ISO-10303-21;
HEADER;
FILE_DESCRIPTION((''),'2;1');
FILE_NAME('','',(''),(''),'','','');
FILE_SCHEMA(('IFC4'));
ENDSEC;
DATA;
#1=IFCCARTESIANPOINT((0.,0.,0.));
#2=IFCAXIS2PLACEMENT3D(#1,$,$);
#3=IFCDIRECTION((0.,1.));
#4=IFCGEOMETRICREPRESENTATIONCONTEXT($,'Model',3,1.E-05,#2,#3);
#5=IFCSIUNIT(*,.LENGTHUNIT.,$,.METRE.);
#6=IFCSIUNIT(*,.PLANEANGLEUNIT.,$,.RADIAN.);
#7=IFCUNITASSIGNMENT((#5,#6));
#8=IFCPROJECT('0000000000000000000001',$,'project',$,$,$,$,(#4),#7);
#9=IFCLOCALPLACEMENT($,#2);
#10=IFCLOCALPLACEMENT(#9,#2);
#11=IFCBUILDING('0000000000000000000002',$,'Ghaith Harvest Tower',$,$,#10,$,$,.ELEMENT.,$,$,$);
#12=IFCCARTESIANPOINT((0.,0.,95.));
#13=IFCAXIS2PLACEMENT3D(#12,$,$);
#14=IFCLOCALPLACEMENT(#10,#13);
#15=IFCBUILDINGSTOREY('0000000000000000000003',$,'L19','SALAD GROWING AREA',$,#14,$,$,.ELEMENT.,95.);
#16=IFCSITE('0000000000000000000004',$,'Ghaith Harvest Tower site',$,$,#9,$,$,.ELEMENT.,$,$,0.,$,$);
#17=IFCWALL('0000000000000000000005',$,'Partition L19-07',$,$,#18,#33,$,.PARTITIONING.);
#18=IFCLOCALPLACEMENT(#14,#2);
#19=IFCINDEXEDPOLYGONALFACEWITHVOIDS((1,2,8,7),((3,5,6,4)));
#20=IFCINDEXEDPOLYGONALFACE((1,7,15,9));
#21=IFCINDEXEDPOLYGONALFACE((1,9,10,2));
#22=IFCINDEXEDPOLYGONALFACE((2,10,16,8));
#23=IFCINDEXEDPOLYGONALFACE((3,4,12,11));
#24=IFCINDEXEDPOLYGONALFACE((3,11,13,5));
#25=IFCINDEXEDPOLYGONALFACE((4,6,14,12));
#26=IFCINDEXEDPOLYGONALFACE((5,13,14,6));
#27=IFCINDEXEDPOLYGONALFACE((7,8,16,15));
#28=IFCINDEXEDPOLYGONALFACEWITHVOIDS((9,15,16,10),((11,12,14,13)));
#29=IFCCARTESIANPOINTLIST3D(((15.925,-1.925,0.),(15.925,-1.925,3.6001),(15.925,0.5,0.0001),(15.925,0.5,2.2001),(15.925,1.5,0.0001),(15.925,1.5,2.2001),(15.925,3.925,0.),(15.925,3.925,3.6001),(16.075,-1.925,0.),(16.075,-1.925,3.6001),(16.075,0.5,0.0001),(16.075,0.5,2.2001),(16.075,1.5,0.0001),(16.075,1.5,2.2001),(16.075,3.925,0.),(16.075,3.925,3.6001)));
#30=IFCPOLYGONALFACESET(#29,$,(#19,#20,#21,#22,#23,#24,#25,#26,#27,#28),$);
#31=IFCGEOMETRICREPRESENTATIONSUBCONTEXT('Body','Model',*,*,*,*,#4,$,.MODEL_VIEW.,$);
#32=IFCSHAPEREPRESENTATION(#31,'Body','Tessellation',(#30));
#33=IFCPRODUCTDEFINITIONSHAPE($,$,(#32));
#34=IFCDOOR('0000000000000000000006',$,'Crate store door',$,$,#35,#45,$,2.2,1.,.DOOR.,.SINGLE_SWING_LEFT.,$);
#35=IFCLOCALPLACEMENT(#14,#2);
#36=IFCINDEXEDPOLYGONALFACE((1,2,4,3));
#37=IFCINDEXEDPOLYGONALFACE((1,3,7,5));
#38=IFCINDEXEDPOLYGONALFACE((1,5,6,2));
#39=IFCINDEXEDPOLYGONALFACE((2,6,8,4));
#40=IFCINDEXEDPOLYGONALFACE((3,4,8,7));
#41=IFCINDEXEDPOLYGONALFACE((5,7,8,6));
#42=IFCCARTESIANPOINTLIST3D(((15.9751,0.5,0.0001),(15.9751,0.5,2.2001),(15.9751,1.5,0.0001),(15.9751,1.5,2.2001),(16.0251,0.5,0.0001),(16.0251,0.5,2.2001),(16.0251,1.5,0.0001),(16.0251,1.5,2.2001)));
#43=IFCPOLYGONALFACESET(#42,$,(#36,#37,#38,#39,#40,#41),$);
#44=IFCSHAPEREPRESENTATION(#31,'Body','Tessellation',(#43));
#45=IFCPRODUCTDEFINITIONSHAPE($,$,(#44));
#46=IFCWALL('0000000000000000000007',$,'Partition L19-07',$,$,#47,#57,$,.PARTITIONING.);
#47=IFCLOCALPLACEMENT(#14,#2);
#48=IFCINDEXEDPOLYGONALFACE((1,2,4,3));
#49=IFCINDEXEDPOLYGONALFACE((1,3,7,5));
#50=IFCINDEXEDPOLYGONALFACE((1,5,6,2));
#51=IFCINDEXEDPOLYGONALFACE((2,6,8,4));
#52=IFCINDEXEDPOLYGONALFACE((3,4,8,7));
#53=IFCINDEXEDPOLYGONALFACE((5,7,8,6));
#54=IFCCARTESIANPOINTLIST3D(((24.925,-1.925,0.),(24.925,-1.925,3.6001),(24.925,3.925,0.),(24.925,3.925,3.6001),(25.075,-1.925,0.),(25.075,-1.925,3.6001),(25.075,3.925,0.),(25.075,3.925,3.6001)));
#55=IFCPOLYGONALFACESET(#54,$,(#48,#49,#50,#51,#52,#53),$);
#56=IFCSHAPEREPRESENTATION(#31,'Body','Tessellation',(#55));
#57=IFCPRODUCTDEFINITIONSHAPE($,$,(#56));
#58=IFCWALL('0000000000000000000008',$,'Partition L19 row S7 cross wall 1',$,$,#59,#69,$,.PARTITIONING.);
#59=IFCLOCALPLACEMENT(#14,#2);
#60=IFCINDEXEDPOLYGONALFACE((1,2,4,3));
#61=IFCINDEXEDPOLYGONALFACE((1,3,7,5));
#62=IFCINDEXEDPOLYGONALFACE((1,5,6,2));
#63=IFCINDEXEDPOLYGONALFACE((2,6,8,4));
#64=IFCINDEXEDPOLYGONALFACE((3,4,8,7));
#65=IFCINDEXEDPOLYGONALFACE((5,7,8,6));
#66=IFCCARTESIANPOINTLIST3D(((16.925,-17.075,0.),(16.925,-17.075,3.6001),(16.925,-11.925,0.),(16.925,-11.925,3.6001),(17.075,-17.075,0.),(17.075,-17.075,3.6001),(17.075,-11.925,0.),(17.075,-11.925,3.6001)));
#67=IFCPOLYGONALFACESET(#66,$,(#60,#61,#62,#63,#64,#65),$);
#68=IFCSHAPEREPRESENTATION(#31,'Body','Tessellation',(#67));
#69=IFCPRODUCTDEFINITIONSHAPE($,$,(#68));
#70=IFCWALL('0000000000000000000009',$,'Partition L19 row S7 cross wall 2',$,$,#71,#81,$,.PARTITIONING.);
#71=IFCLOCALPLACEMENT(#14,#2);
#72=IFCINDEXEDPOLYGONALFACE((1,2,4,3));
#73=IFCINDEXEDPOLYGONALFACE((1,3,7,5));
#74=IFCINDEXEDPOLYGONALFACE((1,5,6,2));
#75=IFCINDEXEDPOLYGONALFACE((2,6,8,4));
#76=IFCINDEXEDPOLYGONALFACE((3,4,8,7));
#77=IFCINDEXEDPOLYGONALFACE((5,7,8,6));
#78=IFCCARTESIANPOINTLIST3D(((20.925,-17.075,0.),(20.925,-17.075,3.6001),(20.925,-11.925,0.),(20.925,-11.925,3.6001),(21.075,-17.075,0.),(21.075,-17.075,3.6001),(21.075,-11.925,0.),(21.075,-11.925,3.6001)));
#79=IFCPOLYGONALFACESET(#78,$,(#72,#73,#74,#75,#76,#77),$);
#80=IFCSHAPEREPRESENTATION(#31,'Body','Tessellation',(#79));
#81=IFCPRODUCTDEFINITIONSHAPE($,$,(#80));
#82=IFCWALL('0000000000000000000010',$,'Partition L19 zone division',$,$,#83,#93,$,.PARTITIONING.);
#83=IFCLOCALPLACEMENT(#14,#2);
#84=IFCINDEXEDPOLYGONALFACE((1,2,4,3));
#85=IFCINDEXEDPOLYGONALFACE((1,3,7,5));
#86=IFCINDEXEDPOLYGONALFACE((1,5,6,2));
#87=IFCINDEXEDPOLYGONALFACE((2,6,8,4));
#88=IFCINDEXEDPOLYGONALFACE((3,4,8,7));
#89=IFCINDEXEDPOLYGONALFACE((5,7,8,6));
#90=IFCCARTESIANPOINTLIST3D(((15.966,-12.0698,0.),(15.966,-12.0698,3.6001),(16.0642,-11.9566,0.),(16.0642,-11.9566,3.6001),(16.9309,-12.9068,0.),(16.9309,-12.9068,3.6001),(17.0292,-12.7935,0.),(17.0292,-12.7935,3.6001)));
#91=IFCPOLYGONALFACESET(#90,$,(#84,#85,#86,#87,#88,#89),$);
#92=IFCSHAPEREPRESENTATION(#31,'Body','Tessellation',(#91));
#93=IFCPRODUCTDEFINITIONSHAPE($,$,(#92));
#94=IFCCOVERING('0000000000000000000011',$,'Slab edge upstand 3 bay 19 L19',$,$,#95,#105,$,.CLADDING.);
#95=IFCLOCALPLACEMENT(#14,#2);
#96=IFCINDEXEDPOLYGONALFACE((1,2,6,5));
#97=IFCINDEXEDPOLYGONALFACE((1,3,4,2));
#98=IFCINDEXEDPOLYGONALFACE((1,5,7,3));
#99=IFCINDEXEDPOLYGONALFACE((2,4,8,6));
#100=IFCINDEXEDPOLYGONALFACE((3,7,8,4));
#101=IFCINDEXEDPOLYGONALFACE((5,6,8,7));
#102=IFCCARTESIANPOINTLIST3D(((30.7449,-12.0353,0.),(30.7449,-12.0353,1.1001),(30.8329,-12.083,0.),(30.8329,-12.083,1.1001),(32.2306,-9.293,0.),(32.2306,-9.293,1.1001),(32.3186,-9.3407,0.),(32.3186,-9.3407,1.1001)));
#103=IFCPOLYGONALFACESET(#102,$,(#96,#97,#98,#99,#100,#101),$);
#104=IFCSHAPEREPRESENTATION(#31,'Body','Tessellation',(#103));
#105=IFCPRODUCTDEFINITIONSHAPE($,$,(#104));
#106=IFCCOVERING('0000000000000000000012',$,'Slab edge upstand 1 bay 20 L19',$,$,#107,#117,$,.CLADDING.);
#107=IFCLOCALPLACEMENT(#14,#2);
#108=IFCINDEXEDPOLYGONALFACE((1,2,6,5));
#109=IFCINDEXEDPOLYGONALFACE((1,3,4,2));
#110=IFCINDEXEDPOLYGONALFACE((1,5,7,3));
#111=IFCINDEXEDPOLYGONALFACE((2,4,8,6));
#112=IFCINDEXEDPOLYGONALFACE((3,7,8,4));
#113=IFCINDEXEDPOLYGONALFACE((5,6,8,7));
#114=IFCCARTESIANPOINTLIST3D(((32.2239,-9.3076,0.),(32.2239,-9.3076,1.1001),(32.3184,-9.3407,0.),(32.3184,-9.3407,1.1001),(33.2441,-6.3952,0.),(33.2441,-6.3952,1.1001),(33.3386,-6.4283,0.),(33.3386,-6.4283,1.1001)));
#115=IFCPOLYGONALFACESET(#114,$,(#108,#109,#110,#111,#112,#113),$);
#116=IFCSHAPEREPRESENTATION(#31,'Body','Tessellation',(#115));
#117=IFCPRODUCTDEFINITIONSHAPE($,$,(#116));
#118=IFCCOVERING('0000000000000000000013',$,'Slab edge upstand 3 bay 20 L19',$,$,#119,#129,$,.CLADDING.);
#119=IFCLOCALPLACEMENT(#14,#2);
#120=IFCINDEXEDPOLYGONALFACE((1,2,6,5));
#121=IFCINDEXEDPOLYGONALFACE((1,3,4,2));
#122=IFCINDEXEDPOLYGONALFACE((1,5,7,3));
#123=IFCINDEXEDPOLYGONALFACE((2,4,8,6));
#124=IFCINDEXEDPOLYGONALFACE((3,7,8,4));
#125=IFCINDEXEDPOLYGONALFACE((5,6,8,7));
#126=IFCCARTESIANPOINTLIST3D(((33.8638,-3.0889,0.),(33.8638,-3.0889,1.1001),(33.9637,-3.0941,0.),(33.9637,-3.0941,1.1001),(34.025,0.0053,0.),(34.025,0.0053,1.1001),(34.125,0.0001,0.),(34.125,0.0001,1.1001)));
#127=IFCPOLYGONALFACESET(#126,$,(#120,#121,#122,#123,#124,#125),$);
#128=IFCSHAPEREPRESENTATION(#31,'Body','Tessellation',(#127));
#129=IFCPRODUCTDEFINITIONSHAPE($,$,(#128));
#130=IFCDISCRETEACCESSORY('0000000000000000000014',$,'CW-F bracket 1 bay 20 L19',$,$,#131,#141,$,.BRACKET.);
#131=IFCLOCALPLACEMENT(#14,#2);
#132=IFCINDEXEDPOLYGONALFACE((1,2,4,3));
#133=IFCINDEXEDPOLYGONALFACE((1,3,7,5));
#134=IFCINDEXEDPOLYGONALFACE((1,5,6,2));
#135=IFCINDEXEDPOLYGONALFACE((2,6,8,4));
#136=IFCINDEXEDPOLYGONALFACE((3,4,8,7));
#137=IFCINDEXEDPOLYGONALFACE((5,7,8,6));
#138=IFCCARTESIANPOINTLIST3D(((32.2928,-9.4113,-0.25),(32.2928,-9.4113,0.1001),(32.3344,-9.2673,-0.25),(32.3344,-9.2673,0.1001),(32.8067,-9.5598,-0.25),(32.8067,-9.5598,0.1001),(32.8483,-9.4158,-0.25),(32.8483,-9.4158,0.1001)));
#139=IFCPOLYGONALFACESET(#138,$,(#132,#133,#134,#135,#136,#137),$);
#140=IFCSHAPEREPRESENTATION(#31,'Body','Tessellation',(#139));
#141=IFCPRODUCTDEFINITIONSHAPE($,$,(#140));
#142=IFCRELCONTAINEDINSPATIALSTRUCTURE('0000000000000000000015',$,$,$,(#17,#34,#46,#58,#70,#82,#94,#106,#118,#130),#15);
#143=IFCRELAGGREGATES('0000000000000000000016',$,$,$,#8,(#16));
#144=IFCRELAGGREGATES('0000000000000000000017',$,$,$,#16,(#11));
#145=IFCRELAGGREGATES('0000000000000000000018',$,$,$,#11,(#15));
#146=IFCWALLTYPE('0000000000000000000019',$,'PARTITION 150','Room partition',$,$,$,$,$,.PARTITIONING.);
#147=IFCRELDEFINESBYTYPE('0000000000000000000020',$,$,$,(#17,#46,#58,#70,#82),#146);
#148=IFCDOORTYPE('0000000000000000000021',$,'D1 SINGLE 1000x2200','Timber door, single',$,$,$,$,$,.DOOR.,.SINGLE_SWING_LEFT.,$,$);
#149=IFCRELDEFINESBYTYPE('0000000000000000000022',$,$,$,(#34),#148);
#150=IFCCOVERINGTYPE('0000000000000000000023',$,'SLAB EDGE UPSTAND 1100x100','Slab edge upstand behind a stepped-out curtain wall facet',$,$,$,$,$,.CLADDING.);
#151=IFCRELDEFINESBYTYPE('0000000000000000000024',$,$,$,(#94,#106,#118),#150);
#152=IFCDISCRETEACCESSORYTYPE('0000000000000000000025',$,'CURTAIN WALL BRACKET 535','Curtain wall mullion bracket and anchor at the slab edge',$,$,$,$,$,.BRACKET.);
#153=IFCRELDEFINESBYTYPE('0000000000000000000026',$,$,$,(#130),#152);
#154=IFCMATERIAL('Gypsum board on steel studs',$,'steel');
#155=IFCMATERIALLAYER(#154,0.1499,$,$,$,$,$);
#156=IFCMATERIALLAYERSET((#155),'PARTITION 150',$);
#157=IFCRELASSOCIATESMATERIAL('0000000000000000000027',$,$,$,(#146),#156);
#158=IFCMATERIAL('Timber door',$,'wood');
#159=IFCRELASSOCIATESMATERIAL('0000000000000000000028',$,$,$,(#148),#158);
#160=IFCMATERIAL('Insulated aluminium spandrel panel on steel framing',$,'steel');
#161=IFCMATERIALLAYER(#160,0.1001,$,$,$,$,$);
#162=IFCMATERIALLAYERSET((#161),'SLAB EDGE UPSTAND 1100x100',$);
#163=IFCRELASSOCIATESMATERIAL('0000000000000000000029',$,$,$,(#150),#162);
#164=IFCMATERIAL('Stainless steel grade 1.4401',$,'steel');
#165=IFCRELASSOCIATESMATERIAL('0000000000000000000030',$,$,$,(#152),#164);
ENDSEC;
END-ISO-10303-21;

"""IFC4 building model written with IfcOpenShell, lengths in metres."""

from ifc_helpers import new_model, si_unit, direction, frame, frame_2d, origin, origin_2d, place, context, subcontext, project, spatial, rectangle, extrude, material, layer, layer_set, type_object, element, fill, save


model = new_model("IFC4")

# Units and contexts
model_context = context("Model", 3, precision=1e-05, world=origin(), true_north=direction((0.0, 1.0)))
body_context = subcontext(model_context, "Body", "Model", "MODEL_VIEW")
ifc_project = project(units=[si_unit("LENGTHUNIT", "METRE"), si_unit("PLANEANGLEUNIT", "RADIAN")], contexts=[model_context])

# Site, building, storey
site_placement = place(None, origin())
site = spatial("IfcSite", under=ifc_project, at=site_placement, Name="Ghaith Harvest Tower site", CompositionType="ELEMENT", RefElevation=0.0)
building_placement = place(site_placement, origin())
building = spatial("IfcBuilding", under=site, at=building_placement, Name="Ghaith Harvest Tower", CompositionType="ELEMENT")
storey_placement = place(building_placement, frame((0.0, 0.0, 95.0)))
storey = spatial("IfcBuildingStorey", under=building, at=storey_placement, Name="L19", Description="SALAD GROWING AREA", CompositionType="ELEMENT", Elevation=95.0)

# Shared definitions
ifc_material_1 = material(Name="Gypsum board on steel studs", Category="steel")
ifc_layer_1 = layer(ifc_material_1, 0.1499)
ifc_layer_set_1 = layer_set([ifc_layer_1], Name="PARTITION 150")
wall_type = type_object("IfcWallType", Name="PARTITION 150", Description="Room partition", PredefinedType="PARTITIONING", material=ifc_layer_set_1)

# Wall, opening, door
wall_1_placement = place(storey_placement, frame((16.0, -1.925, 0.0), z_axis=(0.0, 0.0, 1.0), x_axis=(0.0, 1.0, 0.0)))
wall_1 = element("IfcWall", 1, at=wall_1_placement, inside=storey, type_object=wall_type, Name="Partition L19-07", PredefinedType="PARTITIONING", context=body_context, shape_type="SweptSolid", body=[
    extrude(rectangle(XDim=5.8501, YDim=0.1499, at=frame_2d((2.925, 0.0))), origin(), (0.0, 0.0, 1.0), 3.6001),
])
opening_1_placement = place(wall_1_placement, frame((2.425, 0.0, 0.0)))
opening_1 = element("IfcOpeningElement", 2, at=opening_1_placement, cuts=wall_1, PredefinedType="OPENING", context=body_context, shape_type="SweptSolid", body=[
    extrude(rectangle(XDim=1.0, YDim=2.2, at=frame_2d((0.5, 1.1001))), frame((0.0, 0.085, 0.0), z_axis=(0.0, -1.0, 0.0), x_axis=(1.0, 0.0, 0.0)), (0.0, 0.0, 1.0), 0.1699),
])
ifc_material_2 = material(Name="Timber door", Category="wood")
door_type_1 = type_object("IfcDoorType", Name="D1 SINGLE 1000x2200", Description="Timber door, single", OperationType="SINGLE_SWING_LEFT", PredefinedType="DOOR", material=ifc_material_2)
door_1_placement = place(opening_1_placement, origin())
door_1 = element("IfcDoor", 3, at=door_1_placement, inside=storey, type_object=door_type_1, Name="Crate store door", OperationType="SINGLE_SWING_LEFT", OverallHeight=2.2, OverallWidth=1.0, PredefinedType="DOOR", context=body_context, shape_type="SweptSolid", body=[
    extrude(rectangle(XDim=1.0, YDim=2.2, at=frame_2d((0.5, 1.1001))), frame((0.0, 0.0249, 0.0), z_axis=(0.0, -1.0, 0.0), x_axis=(1.0, 0.0, 0.0)), (0.0, 0.0, 1.0), 0.05),
])
fill(opening_1, door_1)

# Walls
wall_2_placement = place(storey_placement, frame((25.0, -1.925, 0.0), z_axis=(0.0, 0.0, 1.0), x_axis=(0.0, 1.0, 0.0)))
element("IfcWall", 4, at=wall_2_placement, inside=storey, type_object=wall_type, Name="Partition L19-07", PredefinedType="PARTITIONING", context=body_context, shape_type="SweptSolid", body=[
    extrude(rectangle(XDim=5.8501, YDim=0.1499, at=frame_2d((2.925, 0.0))), origin(), (0.0, 0.0, 1.0), 3.6001),
])
for number, where, z_axis, x_axis, name in (
    (5, (17.0, -11.925, 0.0), (0.0, 0.0, 1.0), (0.0, -1.0, 0.0), "Partition L19 row S7 cross wall 1"),
    (6, (21.0, -11.925, 0.0), (0.0, 0.0, 1.0), (0.0, -1.0, 0.0), "Partition L19 row S7 cross wall 2"),
):
    element("IfcWall", number, at=place(storey_placement, frame(where, z_axis=z_axis, x_axis=x_axis)), inside=storey, type_object=wall_type, Name=name, PredefinedType="PARTITIONING", context=body_context, shape_type="SweptSolid", body=[
        extrude(rectangle(XDim=5.1499, YDim=0.1499, at=frame_2d((2.575, 0.0))), origin(), (0.0, 0.0, 1.0), 3.6001),
    ])

# Wall
wall_3_placement = place(storey_placement, frame((16.0151, -12.0132, 0.0), z_axis=(0.0, 0.0, 1.0), x_axis=(0.755412, -0.655251, 0.0)))
element("IfcWall", 7, at=wall_3_placement, inside=storey, type_object=wall_type, Name="Partition L19 zone division", PredefinedType="PARTITIONING", context=body_context, shape_type="SweptSolid", body=[
    extrude(rectangle(XDim=1.2773, YDim=0.1499, at=frame_2d((0.6387, 0.0))), origin(), (0.0, 0.0, 1.0), 3.6001),
])

# Coverings
ifc_material_3 = material(Name="Insulated aluminium spandrel panel on steel framing", Category="steel")
ifc_layer_2 = layer(ifc_material_3, 0.1001)
ifc_layer_set_2 = layer_set([ifc_layer_2], Name="SLAB EDGE UPSTAND 1100x100")
covering_type = type_object("IfcCoveringType", Name="SLAB EDGE UPSTAND 1100x100", Description="Slab edge upstand behind a stepped-out curtain wall facet", PredefinedType="CLADDING", material=ifc_layer_set_2)
covering_1_placement = place(storey_placement, frame((31.5317, -10.688, 0.0), z_axis=(0.0, 0.0, 1.0), x_axis=(0.476349, 0.879256, 0.0)))
element("IfcCovering", 8, at=covering_1_placement, inside=storey, type_object=covering_type, Name="Slab edge upstand 3 bay 19 L19", PredefinedType="CLADDING", context=body_context, shape_type="SweptSolid", body=[
    extrude(rectangle(XDim=3.1189, YDim=0.1001, at=origin_2d()), origin(), (0.0, 0.0, 1.0), 1.1001),
])
covering_2_placement = place(storey_placement, frame((32.7812, -7.8679, 0.0), z_axis=(0.0, 0.0, 1.0), x_axis=(0.330598, 0.943772, 0.0)))
element("IfcCovering", 9, at=covering_2_placement, inside=storey, type_object=covering_type, Name="Slab edge upstand 1 bay 20 L19", PredefinedType="CLADDING", context=body_context, shape_type="SweptSolid", body=[
    extrude(rectangle(XDim=3.0859, YDim=0.1001, at=origin_2d()), origin(), (0.0, 0.0, 1.0), 1.1001),
])
covering_3_placement = place(storey_placement, frame((33.9944, -1.5444, 0.0), z_axis=(0.0, 0.0, 1.0), x_axis=(0.052049, 0.998645, 0.0)))
element("IfcCovering", 10, at=covering_3_placement, inside=storey, type_object=covering_type, Name="Slab edge upstand 3 bay 20 L19", PredefinedType="CLADDING", context=body_context, shape_type="SweptSolid", body=[
    extrude(rectangle(XDim=3.0984, YDim=0.1001, at=origin_2d()), origin(), (0.0, 0.0, 1.0), 1.1001),
])

# Discrete accessory
ifc_material_4 = material(Name="Stainless steel grade 1.4401", Category="steel")
discrete_accessory_type = type_object("IfcDiscreteAccessoryType", Name="CURTAIN WALL BRACKET 535", Description="Curtain wall mullion bracket and anchor at the slab edge", PredefinedType="BRACKET", material=ifc_material_4)
discrete_accessory_placement = place(storey_placement, frame((32.5706, -9.4136, -0.25), z_axis=(0.0, 0.0, 1.0), x_axis=(0.96068, -0.277657, 0.0)))
element("IfcDiscreteAccessory", 11, at=discrete_accessory_placement, inside=storey, type_object=discrete_accessory_type, Name="CW-F bracket 1 bay 20 L19", PredefinedType="BRACKET", context=body_context, shape_type="SweptSolid", body=[
    extrude(rectangle(XDim=0.5349, YDim=0.1499, at=origin_2d()), origin(), (0.0, 0.0, 1.0), 0.3501),
])

save(model, "model.ifc")
